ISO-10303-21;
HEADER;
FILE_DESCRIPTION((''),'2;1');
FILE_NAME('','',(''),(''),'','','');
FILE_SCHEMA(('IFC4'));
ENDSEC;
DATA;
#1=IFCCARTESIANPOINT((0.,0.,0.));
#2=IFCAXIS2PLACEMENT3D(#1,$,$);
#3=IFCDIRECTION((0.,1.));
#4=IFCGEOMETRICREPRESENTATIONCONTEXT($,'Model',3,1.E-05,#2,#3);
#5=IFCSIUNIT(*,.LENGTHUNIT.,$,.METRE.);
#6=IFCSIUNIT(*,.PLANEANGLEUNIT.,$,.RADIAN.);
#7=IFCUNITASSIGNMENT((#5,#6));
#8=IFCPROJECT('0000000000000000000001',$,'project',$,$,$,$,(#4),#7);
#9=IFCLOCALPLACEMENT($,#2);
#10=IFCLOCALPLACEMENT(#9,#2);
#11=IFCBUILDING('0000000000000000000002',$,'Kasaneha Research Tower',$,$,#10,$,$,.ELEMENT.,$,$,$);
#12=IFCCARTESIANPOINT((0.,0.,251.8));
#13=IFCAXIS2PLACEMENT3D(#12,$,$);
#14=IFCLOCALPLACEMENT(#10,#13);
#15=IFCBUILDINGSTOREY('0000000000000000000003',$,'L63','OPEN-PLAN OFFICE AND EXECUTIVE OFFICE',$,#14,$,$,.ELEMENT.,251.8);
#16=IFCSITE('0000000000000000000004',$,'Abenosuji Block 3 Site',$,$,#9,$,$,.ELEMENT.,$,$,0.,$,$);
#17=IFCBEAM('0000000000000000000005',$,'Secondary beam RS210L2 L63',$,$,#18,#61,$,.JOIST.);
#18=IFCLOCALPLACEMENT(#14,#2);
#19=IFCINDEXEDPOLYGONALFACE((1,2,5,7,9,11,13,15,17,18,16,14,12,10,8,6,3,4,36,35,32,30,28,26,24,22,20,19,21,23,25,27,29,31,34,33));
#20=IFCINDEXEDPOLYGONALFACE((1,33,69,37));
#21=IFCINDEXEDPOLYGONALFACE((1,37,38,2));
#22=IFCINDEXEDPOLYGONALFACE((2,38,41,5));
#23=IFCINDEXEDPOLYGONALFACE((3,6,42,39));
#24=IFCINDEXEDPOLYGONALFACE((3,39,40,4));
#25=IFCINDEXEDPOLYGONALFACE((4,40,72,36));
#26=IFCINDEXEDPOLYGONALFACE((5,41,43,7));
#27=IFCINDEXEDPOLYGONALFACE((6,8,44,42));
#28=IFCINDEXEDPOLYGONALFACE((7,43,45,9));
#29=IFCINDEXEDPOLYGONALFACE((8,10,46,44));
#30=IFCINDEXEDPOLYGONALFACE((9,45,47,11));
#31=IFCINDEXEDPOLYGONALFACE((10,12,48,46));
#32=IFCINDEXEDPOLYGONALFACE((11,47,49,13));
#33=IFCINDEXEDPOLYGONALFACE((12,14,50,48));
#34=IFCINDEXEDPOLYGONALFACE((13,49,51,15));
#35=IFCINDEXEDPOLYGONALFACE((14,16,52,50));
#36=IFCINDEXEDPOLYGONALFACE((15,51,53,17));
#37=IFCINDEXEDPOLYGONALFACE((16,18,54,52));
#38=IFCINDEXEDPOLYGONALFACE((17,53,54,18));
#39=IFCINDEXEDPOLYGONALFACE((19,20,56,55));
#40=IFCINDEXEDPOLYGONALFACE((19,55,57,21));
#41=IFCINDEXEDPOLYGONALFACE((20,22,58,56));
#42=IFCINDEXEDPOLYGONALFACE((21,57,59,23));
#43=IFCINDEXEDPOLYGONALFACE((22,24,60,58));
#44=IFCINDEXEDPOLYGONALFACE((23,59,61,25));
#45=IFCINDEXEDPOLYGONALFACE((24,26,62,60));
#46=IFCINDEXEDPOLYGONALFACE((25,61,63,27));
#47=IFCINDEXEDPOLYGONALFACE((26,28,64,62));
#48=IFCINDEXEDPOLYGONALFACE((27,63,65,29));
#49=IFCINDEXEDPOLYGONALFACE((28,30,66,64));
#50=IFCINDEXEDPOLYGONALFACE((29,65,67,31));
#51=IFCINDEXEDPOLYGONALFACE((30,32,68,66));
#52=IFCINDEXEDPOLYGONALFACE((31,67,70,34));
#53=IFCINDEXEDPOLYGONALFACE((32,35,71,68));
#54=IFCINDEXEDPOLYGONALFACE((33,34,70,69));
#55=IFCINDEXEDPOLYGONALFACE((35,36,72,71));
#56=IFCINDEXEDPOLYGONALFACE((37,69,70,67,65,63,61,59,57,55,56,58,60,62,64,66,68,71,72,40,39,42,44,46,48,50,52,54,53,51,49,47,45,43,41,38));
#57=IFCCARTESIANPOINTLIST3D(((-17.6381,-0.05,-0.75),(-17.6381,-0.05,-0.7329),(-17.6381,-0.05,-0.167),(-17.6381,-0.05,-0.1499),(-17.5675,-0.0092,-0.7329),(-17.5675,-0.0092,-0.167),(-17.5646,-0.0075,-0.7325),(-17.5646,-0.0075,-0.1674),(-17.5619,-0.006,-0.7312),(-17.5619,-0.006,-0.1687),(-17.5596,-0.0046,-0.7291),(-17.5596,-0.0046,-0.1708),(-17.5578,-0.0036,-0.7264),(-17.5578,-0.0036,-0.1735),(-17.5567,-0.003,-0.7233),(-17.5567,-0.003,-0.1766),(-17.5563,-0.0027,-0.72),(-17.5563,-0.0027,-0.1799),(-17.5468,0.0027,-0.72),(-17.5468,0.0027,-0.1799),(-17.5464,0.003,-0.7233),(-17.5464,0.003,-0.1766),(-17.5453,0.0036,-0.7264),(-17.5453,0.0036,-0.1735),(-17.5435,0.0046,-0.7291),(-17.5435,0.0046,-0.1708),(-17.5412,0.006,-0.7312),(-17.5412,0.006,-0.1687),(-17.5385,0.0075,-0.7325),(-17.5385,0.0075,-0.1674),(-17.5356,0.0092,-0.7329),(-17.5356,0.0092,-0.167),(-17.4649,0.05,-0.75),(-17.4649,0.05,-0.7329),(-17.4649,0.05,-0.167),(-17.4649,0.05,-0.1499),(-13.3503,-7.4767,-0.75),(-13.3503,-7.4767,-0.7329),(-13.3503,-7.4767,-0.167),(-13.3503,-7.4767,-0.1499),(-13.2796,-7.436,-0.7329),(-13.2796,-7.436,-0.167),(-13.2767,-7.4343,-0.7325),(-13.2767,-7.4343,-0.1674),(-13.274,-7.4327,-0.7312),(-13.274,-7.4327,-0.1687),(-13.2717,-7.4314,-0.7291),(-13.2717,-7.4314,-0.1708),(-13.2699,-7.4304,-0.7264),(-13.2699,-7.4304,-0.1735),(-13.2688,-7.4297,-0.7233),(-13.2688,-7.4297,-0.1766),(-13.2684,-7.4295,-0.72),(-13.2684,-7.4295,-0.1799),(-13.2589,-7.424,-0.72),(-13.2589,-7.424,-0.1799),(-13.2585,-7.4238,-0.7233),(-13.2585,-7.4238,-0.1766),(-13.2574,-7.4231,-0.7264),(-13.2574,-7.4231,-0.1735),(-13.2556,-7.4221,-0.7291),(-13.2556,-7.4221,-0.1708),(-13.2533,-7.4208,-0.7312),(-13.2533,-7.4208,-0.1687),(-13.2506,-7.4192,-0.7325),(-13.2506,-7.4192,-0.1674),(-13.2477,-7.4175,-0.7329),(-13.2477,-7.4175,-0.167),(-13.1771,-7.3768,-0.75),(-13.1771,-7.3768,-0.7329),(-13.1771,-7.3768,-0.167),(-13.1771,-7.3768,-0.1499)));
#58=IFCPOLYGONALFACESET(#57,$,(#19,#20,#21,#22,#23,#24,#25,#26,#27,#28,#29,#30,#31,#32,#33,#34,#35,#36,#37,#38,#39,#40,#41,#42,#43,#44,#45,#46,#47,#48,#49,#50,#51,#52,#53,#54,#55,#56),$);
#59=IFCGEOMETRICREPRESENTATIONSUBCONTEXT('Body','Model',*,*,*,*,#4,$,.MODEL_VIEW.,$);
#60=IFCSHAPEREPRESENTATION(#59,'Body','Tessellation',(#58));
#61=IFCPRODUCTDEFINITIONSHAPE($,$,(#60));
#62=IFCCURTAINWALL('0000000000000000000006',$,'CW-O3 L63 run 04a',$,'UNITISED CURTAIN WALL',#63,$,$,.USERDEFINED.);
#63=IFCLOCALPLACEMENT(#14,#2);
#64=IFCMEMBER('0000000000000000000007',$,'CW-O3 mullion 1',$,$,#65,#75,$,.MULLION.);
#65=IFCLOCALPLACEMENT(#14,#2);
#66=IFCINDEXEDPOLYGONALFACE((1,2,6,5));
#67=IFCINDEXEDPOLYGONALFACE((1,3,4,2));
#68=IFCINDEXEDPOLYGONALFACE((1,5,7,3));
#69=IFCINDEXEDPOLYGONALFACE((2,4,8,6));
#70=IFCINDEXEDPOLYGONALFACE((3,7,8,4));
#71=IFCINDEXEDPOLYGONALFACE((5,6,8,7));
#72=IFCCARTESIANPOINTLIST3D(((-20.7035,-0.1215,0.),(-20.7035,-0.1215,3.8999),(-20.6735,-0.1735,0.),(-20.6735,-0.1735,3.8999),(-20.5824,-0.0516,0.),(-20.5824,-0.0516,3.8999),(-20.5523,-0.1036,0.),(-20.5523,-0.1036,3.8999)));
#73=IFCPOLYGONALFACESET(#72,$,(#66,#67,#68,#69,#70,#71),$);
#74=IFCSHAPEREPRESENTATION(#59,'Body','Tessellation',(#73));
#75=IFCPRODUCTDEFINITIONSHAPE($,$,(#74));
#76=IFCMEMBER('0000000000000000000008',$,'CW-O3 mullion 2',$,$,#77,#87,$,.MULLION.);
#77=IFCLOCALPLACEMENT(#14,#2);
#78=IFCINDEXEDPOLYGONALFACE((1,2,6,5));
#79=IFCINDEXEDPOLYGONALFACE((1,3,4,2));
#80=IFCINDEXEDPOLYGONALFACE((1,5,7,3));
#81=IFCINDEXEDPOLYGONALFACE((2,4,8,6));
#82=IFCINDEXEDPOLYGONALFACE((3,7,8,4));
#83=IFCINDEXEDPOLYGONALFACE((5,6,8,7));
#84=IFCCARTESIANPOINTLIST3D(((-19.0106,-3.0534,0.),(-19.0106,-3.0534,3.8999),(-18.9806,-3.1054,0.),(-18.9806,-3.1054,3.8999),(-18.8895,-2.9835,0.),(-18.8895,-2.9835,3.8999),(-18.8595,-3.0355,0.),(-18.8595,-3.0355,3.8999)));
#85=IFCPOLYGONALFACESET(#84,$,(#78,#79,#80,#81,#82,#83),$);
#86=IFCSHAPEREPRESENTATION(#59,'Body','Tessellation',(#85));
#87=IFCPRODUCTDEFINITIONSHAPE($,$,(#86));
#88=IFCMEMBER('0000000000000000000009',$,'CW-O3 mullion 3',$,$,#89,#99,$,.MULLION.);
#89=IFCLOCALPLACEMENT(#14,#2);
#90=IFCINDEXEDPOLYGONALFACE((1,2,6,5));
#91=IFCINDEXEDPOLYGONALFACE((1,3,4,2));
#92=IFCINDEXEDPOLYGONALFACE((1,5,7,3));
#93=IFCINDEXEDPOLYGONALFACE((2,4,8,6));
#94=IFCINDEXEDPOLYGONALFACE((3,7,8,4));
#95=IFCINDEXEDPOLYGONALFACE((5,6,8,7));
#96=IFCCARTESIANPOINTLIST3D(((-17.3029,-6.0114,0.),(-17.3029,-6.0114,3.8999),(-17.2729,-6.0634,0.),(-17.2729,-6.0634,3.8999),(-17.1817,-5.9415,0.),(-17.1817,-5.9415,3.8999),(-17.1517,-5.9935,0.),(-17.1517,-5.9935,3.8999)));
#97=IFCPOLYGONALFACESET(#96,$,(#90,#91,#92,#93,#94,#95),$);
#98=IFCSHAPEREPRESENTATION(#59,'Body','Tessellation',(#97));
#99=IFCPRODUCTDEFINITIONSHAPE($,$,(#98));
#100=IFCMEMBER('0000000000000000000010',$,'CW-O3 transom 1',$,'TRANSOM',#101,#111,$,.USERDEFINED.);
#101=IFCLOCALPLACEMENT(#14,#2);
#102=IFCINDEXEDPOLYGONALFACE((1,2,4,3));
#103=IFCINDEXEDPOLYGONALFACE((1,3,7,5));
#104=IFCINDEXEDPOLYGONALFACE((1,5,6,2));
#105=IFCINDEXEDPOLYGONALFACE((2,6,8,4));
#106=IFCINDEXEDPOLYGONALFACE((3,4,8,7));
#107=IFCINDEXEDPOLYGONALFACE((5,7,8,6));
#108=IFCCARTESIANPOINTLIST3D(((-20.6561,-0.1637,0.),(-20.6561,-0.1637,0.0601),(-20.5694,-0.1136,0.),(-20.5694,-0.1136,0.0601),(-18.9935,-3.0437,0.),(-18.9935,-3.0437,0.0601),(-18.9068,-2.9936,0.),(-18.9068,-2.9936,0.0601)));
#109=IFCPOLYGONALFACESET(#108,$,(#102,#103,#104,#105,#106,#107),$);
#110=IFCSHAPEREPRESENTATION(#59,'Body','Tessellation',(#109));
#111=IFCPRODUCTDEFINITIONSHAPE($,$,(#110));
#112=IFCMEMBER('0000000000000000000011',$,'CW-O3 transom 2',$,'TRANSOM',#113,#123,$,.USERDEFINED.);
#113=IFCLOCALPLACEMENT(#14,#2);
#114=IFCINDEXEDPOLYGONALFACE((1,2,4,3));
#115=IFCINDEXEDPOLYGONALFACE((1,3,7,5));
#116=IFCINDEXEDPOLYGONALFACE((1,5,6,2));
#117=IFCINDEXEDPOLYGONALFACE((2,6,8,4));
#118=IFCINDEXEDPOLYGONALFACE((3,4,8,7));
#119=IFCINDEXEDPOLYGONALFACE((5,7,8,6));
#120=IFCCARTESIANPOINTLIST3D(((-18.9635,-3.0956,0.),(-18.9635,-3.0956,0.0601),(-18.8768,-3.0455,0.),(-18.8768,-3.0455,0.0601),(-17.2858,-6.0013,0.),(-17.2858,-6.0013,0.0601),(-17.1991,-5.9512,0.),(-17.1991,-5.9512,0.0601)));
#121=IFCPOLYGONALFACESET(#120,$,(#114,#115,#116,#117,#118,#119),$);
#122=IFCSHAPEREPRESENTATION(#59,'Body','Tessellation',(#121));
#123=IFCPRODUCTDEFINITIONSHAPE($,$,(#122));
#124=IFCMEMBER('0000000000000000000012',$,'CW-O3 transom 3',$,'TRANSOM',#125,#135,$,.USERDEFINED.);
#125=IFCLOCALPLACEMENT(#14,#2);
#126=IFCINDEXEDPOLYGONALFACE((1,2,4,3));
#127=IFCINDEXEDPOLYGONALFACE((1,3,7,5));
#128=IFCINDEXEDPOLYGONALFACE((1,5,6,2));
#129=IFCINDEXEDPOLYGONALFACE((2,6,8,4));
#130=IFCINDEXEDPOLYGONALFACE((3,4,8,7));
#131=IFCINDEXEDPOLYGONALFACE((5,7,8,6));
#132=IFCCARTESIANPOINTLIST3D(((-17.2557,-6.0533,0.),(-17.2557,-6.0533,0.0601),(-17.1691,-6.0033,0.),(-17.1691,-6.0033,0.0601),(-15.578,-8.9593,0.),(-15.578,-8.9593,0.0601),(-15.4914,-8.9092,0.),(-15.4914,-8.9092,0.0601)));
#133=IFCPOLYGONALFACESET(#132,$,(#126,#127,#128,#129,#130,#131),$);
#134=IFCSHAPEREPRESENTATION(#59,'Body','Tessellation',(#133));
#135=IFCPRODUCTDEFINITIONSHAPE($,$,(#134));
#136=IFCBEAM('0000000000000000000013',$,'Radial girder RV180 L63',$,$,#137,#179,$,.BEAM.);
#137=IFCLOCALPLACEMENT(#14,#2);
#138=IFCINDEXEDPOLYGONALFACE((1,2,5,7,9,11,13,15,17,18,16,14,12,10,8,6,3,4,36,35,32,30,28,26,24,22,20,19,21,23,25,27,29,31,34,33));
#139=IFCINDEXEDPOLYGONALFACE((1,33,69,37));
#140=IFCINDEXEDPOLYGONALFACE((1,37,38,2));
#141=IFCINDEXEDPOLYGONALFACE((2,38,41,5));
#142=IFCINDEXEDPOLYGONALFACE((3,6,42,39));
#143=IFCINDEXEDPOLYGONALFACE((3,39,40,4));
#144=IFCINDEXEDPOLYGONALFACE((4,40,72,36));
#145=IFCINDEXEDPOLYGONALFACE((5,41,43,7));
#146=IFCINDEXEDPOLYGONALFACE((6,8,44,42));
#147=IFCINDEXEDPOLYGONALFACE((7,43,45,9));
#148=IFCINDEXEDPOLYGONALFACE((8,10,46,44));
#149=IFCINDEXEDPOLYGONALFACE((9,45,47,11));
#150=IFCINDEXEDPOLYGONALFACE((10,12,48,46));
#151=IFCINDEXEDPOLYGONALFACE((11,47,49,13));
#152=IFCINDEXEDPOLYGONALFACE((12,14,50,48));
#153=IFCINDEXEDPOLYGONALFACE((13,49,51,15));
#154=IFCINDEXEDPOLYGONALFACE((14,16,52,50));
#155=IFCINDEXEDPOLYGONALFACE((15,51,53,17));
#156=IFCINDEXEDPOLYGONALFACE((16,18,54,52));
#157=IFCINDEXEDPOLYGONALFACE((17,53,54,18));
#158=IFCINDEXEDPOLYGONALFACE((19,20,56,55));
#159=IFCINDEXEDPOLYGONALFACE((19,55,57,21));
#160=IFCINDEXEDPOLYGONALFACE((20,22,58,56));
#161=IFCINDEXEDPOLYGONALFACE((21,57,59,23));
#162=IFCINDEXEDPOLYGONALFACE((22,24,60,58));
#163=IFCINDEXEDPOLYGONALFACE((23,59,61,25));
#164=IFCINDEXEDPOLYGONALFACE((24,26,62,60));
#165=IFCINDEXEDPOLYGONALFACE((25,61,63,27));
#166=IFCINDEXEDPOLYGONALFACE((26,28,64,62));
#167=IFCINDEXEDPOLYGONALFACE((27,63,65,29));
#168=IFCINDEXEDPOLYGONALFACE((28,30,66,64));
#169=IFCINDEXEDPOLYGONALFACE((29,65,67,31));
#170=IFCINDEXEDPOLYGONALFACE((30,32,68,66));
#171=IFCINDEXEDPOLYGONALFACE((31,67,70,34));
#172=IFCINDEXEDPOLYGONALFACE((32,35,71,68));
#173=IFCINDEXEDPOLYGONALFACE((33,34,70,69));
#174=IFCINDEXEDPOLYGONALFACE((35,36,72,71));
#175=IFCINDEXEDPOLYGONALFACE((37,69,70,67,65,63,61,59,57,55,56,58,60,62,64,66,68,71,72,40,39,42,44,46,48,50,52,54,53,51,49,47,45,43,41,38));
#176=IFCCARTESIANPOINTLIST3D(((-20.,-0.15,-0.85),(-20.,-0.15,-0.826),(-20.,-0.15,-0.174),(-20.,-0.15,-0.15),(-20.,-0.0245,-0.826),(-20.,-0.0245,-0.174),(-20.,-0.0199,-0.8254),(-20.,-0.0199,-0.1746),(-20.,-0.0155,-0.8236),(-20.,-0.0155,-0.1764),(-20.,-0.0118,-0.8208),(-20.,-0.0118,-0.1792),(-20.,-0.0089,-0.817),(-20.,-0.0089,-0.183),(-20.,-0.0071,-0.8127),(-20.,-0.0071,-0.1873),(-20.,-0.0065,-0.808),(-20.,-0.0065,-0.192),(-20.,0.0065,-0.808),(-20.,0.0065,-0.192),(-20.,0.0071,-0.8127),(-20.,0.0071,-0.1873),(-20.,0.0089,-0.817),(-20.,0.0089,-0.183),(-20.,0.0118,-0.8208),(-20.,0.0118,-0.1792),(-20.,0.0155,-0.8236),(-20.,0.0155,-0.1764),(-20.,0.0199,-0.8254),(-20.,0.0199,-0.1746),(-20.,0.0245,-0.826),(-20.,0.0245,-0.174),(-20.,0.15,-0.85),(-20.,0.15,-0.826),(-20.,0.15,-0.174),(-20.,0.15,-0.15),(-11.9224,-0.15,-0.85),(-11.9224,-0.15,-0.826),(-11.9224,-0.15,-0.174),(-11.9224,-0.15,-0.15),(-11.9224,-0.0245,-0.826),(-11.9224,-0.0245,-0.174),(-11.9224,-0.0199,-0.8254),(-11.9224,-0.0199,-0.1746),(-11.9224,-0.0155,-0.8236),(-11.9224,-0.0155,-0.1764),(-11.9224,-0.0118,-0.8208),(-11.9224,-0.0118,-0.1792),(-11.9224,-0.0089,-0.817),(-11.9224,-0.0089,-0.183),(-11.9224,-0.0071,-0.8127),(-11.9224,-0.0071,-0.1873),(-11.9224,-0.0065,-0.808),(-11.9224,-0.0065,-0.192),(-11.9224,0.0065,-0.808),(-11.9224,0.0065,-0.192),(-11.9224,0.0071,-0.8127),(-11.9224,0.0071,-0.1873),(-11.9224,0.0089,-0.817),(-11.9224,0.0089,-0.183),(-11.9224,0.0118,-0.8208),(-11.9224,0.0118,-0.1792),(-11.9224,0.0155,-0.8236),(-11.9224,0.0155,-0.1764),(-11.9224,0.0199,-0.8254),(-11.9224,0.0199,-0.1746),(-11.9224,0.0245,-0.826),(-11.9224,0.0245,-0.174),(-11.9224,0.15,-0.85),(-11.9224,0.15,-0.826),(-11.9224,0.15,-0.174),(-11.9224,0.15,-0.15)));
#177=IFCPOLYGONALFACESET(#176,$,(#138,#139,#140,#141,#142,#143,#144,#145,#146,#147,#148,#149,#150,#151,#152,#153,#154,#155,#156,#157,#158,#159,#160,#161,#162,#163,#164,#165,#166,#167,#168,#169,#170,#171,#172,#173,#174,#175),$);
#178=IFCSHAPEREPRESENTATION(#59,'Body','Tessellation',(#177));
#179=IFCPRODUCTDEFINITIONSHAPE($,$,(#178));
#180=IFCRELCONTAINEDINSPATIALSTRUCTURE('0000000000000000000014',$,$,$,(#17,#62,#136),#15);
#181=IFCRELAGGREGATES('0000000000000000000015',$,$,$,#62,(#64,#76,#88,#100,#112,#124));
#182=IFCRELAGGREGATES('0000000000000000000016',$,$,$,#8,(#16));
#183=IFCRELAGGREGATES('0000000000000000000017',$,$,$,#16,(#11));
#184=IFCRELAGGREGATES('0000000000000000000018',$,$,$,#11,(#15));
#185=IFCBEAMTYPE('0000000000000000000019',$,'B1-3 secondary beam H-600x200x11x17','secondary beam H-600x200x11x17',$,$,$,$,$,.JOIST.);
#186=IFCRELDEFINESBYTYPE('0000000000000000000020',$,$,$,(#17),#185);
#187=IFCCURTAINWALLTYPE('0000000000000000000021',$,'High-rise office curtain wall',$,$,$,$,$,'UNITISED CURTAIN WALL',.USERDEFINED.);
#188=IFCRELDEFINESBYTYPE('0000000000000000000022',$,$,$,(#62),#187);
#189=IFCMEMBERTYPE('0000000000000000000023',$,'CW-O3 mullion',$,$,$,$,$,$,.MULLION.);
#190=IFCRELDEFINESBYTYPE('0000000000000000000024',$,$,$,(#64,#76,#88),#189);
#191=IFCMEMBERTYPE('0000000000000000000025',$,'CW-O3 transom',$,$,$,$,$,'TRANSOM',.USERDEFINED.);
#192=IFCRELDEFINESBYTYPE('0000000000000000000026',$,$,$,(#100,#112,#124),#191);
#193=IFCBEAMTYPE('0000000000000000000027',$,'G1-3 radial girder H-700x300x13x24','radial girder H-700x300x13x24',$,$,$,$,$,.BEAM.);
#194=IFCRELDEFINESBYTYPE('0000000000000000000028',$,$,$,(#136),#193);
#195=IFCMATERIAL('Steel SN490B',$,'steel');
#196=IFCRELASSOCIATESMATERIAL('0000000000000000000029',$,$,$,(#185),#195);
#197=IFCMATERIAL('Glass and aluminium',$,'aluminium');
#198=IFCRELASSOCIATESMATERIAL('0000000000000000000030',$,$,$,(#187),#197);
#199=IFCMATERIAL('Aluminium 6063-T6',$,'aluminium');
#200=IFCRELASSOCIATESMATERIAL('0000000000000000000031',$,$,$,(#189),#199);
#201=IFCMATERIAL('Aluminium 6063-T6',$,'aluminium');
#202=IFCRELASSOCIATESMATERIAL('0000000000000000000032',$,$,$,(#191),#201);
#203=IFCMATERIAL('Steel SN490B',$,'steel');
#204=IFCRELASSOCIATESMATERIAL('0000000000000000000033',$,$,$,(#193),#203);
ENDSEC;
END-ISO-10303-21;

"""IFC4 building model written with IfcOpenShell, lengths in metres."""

from ifc_helpers import new_model, si_unit, direction, frame, origin, origin_2d, place, context, subcontext, project, spatial, rectangle, i_section, extrude, material, material_profile, profile_set, type_object, element, aggregate, save


model = new_model("IFC4")

# Units and contexts
model_context = context("Model", 3, precision=1e-05, world=origin(), true_north=direction((0.0, 1.0)))
body_context = subcontext(model_context, "Body", "Model", "MODEL_VIEW")
ifc_project = project(units=[si_unit("LENGTHUNIT", "METRE"), si_unit("PLANEANGLEUNIT", "RADIAN")], contexts=[model_context])

# Site, building, storey
site_placement = place(None, origin())
site = spatial("IfcSite", under=ifc_project, at=site_placement, Name="Abenosuji Block 3 Site", CompositionType="ELEMENT", RefElevation=0.0)
building_placement = place(site_placement, origin())
building = spatial("IfcBuilding", under=site, at=building_placement, Name="Kasaneha Research Tower", CompositionType="ELEMENT")
storey_placement = place(building_placement, frame((0.0, 0.0, 251.8)))
storey = spatial("IfcBuildingStorey", under=building, at=storey_placement, Name="L63", Description="OPEN-PLAN OFFICE AND EXECUTIVE OFFICE", CompositionType="ELEMENT", Elevation=251.8)

# Beam
ifc_material_1 = material(Name="Steel SN490B", Category="steel")
ifc_material_profile_1 = material_profile(ifc_material_1, i_section(OverallWidth=0.2, OverallDepth=0.6001, WebThickness=0.011, FlangeThickness=0.0171, FilletRadius=0.0129, at=origin_2d()), Name="H-600x200x11x17")
ifc_profile_set_1 = profile_set([ifc_material_profile_1], Name="Steel SN490B")
beam_type_1 = type_object("IfcBeamType", Name="B1-3 secondary beam H-600x200x11x17", Description="secondary beam H-600x200x11x17", PredefinedType="JOIST", material=ifc_profile_set_1)
beam_1_placement = place(storey_placement, frame((-17.5515, 0.0, -0.45), z_axis=(0.5, -0.866025, 0.0), x_axis=(0.866025, 0.5, 0.0)))
element("IfcBeam", 1, at=beam_1_placement, inside=storey, type_object=beam_type_1, Name="Secondary beam RS210L2 L63", PredefinedType="JOIST", context=body_context, shape_type="SweptSolid", body=[
    extrude(i_section(OverallWidth=0.2, OverallDepth=0.6001, WebThickness=0.011, FlangeThickness=0.0171, FilletRadius=0.0129, at=origin_2d()), origin(), (0.0, 0.0, 1.0), 8.5757),
])

# Curtain wall, members
ifc_material_2 = material(Name="Glass and aluminium", Category="aluminium")
curtain_wall_type = type_object("IfcCurtainWallType", Name="High-rise office curtain wall", ElementType="UNITISED CURTAIN WALL", PredefinedType="USERDEFINED", material=ifc_material_2)
curtain_wall_placement = place(storey_placement, origin())
curtain_wall = element("IfcCurtainWall", 2, at=curtain_wall_placement, inside=storey, type_object=curtain_wall_type, Name="CW-O3 L63 run 04a", ObjectType="UNITISED CURTAIN WALL", PredefinedType="USERDEFINED")
ifc_material_3 = material(Name="Aluminium 6063-T6", Category="aluminium")
ifc_material_profile_2 = material_profile(ifc_material_3, rectangle(XDim=0.0601, YDim=0.1399, at=origin_2d()), Name="CW-O3 mullion 60x140")
ifc_profile_set_2 = profile_set([ifc_material_profile_2], Name="Aluminium 6063-T6")
member_type_1 = type_object("IfcMemberType", Name="CW-O3 mullion", PredefinedType="MULLION", material=ifc_profile_set_2)
member_1_placement = place(storey_placement, frame((-20.6279, -0.1125, 0.0), z_axis=(0.0, 0.0, 1.0), x_axis=(0.5, -0.866025, 0.0)))
member_1 = element("IfcMember", 3, at=member_1_placement, type_object=member_type_1, Name="CW-O3 mullion 1", PredefinedType="MULLION", context=body_context, shape_type="SweptSolid", body=[
    extrude(rectangle(XDim=0.0601, YDim=0.1399, at=origin_2d()), origin(), (0.0, 0.0, 1.0), 3.8999),
])
member_2_placement = place(storey_placement, frame((-18.9351, -3.0444, 0.0), z_axis=(0.0, 0.0, 1.0), x_axis=(0.5, -0.866025, 0.0)))
member_2 = element("IfcMember", 4, at=member_2_placement, type_object=member_type_1, Name="CW-O3 mullion 2", PredefinedType="MULLION", context=body_context, shape_type="SweptSolid", body=[
    extrude(rectangle(XDim=0.0601, YDim=0.1399, at=origin_2d()), origin(), (0.0, 0.0, 1.0), 3.8999),
])
member_3_placement = place(storey_placement, frame((-17.2273, -6.0024, 0.0), z_axis=(0.0, 0.0, 1.0), x_axis=(0.5, -0.866025, 0.0)))
member_3 = element("IfcMember", 5, at=member_3_placement, type_object=member_type_1, Name="CW-O3 mullion 3", PredefinedType="MULLION", context=body_context, shape_type="SweptSolid", body=[
    extrude(rectangle(XDim=0.0601, YDim=0.1399, at=origin_2d()), origin(), (0.0, 0.0, 1.0), 3.8999),
])
ifc_material_4 = material(Name="Aluminium 6063-T6", Category="aluminium")
ifc_material_profile_3 = material_profile(ifc_material_4, rectangle(XDim=0.1001, YDim=0.0601, at=origin_2d()), Name="CW-O3 transom 100x60")
ifc_profile_set_3 = profile_set([ifc_material_profile_3], Name="Aluminium 6063-T6")
member_type_2 = type_object("IfcMemberType", Name="CW-O3 transom", ElementType="TRANSOM", PredefinedType="USERDEFINED", material=ifc_profile_set_3)
member_4_placement = place(storey_placement, frame((-20.6128, -0.1387, 0.03), z_axis=(0.499977, -0.866039, 0.0), x_axis=(0.866039, 0.499977, 0.0)))
member_4 = element("IfcMember", 6, at=member_4_placement, type_object=member_type_2, Name="CW-O3 transom 1", ObjectType="TRANSOM", PredefinedType="USERDEFINED", context=body_context, shape_type="SweptSolid", body=[
    extrude(rectangle(XDim=0.1001, YDim=0.0601, at=origin_2d()), origin(), (0.0, 0.0, 1.0), 3.3254),
])
member_5_placement = place(storey_placement, frame((-18.9202, -3.0706, 0.03), z_axis=(0.500021, -0.866014, 0.0), x_axis=(0.866014, 0.500021, 0.0)))
member_5 = element("IfcMember", 7, at=member_5_placement, type_object=member_type_2, Name="CW-O3 transom 2", ObjectType="TRANSOM", PredefinedType="USERDEFINED", context=body_context, shape_type="SweptSolid", body=[
    extrude(rectangle(XDim=0.1001, YDim=0.0601, at=origin_2d()), origin(), (0.0, 0.0, 1.0), 3.3552),
])
member_6_placement = place(storey_placement, frame((-17.2124, -6.0283, 0.03), z_axis=(0.499989, -0.866032, 0.0), x_axis=(0.866032, 0.499989, 0.0)))
member_6 = element("IfcMember", 8, at=member_6_placement, type_object=member_type_2, Name="CW-O3 transom 3", ObjectType="TRANSOM", PredefinedType="USERDEFINED", context=body_context, shape_type="SweptSolid", body=[
    extrude(rectangle(XDim=0.1001, YDim=0.0601, at=origin_2d()), origin(), (0.0, 0.0, 1.0), 3.3555),
])

# Beam
ifc_material_5 = material(Name="Steel SN490B", Category="steel")
ifc_material_profile_4 = material_profile(ifc_material_5, i_section(OverallWidth=0.3, OverallDepth=0.7, WebThickness=0.0129, FlangeThickness=0.0239, FilletRadius=0.0181, at=origin_2d()), Name="H-700x300x13x24")
ifc_profile_set_4 = profile_set([ifc_material_profile_4], Name="Steel SN490B")
beam_type_2 = type_object("IfcBeamType", Name="G1-3 radial girder H-700x300x13x24", Description="radial girder H-700x300x13x24", PredefinedType="BEAM", material=ifc_profile_set_4)
beam_2_placement = place(storey_placement, frame((-11.9224, 0.0, -0.5), z_axis=(-1.0, 0.0, 0.0), x_axis=(0.0, -1.0, 0.0)))
element("IfcBeam", 9, at=beam_2_placement, inside=storey, type_object=beam_type_2, Name="Radial girder RV180 L63", PredefinedType="BEAM", context=body_context, shape_type="SweptSolid", body=[
    extrude(i_section(OverallWidth=0.3, OverallDepth=0.7, WebThickness=0.0129, FlangeThickness=0.0239, FilletRadius=0.0181, at=origin_2d()), origin(), (0.0, 0.0, 1.0), 8.0776),
])

aggregate(curtain_wall, [member_1, member_2, member_3, member_4, member_5, member_6])

save(model, "model.ifc")
